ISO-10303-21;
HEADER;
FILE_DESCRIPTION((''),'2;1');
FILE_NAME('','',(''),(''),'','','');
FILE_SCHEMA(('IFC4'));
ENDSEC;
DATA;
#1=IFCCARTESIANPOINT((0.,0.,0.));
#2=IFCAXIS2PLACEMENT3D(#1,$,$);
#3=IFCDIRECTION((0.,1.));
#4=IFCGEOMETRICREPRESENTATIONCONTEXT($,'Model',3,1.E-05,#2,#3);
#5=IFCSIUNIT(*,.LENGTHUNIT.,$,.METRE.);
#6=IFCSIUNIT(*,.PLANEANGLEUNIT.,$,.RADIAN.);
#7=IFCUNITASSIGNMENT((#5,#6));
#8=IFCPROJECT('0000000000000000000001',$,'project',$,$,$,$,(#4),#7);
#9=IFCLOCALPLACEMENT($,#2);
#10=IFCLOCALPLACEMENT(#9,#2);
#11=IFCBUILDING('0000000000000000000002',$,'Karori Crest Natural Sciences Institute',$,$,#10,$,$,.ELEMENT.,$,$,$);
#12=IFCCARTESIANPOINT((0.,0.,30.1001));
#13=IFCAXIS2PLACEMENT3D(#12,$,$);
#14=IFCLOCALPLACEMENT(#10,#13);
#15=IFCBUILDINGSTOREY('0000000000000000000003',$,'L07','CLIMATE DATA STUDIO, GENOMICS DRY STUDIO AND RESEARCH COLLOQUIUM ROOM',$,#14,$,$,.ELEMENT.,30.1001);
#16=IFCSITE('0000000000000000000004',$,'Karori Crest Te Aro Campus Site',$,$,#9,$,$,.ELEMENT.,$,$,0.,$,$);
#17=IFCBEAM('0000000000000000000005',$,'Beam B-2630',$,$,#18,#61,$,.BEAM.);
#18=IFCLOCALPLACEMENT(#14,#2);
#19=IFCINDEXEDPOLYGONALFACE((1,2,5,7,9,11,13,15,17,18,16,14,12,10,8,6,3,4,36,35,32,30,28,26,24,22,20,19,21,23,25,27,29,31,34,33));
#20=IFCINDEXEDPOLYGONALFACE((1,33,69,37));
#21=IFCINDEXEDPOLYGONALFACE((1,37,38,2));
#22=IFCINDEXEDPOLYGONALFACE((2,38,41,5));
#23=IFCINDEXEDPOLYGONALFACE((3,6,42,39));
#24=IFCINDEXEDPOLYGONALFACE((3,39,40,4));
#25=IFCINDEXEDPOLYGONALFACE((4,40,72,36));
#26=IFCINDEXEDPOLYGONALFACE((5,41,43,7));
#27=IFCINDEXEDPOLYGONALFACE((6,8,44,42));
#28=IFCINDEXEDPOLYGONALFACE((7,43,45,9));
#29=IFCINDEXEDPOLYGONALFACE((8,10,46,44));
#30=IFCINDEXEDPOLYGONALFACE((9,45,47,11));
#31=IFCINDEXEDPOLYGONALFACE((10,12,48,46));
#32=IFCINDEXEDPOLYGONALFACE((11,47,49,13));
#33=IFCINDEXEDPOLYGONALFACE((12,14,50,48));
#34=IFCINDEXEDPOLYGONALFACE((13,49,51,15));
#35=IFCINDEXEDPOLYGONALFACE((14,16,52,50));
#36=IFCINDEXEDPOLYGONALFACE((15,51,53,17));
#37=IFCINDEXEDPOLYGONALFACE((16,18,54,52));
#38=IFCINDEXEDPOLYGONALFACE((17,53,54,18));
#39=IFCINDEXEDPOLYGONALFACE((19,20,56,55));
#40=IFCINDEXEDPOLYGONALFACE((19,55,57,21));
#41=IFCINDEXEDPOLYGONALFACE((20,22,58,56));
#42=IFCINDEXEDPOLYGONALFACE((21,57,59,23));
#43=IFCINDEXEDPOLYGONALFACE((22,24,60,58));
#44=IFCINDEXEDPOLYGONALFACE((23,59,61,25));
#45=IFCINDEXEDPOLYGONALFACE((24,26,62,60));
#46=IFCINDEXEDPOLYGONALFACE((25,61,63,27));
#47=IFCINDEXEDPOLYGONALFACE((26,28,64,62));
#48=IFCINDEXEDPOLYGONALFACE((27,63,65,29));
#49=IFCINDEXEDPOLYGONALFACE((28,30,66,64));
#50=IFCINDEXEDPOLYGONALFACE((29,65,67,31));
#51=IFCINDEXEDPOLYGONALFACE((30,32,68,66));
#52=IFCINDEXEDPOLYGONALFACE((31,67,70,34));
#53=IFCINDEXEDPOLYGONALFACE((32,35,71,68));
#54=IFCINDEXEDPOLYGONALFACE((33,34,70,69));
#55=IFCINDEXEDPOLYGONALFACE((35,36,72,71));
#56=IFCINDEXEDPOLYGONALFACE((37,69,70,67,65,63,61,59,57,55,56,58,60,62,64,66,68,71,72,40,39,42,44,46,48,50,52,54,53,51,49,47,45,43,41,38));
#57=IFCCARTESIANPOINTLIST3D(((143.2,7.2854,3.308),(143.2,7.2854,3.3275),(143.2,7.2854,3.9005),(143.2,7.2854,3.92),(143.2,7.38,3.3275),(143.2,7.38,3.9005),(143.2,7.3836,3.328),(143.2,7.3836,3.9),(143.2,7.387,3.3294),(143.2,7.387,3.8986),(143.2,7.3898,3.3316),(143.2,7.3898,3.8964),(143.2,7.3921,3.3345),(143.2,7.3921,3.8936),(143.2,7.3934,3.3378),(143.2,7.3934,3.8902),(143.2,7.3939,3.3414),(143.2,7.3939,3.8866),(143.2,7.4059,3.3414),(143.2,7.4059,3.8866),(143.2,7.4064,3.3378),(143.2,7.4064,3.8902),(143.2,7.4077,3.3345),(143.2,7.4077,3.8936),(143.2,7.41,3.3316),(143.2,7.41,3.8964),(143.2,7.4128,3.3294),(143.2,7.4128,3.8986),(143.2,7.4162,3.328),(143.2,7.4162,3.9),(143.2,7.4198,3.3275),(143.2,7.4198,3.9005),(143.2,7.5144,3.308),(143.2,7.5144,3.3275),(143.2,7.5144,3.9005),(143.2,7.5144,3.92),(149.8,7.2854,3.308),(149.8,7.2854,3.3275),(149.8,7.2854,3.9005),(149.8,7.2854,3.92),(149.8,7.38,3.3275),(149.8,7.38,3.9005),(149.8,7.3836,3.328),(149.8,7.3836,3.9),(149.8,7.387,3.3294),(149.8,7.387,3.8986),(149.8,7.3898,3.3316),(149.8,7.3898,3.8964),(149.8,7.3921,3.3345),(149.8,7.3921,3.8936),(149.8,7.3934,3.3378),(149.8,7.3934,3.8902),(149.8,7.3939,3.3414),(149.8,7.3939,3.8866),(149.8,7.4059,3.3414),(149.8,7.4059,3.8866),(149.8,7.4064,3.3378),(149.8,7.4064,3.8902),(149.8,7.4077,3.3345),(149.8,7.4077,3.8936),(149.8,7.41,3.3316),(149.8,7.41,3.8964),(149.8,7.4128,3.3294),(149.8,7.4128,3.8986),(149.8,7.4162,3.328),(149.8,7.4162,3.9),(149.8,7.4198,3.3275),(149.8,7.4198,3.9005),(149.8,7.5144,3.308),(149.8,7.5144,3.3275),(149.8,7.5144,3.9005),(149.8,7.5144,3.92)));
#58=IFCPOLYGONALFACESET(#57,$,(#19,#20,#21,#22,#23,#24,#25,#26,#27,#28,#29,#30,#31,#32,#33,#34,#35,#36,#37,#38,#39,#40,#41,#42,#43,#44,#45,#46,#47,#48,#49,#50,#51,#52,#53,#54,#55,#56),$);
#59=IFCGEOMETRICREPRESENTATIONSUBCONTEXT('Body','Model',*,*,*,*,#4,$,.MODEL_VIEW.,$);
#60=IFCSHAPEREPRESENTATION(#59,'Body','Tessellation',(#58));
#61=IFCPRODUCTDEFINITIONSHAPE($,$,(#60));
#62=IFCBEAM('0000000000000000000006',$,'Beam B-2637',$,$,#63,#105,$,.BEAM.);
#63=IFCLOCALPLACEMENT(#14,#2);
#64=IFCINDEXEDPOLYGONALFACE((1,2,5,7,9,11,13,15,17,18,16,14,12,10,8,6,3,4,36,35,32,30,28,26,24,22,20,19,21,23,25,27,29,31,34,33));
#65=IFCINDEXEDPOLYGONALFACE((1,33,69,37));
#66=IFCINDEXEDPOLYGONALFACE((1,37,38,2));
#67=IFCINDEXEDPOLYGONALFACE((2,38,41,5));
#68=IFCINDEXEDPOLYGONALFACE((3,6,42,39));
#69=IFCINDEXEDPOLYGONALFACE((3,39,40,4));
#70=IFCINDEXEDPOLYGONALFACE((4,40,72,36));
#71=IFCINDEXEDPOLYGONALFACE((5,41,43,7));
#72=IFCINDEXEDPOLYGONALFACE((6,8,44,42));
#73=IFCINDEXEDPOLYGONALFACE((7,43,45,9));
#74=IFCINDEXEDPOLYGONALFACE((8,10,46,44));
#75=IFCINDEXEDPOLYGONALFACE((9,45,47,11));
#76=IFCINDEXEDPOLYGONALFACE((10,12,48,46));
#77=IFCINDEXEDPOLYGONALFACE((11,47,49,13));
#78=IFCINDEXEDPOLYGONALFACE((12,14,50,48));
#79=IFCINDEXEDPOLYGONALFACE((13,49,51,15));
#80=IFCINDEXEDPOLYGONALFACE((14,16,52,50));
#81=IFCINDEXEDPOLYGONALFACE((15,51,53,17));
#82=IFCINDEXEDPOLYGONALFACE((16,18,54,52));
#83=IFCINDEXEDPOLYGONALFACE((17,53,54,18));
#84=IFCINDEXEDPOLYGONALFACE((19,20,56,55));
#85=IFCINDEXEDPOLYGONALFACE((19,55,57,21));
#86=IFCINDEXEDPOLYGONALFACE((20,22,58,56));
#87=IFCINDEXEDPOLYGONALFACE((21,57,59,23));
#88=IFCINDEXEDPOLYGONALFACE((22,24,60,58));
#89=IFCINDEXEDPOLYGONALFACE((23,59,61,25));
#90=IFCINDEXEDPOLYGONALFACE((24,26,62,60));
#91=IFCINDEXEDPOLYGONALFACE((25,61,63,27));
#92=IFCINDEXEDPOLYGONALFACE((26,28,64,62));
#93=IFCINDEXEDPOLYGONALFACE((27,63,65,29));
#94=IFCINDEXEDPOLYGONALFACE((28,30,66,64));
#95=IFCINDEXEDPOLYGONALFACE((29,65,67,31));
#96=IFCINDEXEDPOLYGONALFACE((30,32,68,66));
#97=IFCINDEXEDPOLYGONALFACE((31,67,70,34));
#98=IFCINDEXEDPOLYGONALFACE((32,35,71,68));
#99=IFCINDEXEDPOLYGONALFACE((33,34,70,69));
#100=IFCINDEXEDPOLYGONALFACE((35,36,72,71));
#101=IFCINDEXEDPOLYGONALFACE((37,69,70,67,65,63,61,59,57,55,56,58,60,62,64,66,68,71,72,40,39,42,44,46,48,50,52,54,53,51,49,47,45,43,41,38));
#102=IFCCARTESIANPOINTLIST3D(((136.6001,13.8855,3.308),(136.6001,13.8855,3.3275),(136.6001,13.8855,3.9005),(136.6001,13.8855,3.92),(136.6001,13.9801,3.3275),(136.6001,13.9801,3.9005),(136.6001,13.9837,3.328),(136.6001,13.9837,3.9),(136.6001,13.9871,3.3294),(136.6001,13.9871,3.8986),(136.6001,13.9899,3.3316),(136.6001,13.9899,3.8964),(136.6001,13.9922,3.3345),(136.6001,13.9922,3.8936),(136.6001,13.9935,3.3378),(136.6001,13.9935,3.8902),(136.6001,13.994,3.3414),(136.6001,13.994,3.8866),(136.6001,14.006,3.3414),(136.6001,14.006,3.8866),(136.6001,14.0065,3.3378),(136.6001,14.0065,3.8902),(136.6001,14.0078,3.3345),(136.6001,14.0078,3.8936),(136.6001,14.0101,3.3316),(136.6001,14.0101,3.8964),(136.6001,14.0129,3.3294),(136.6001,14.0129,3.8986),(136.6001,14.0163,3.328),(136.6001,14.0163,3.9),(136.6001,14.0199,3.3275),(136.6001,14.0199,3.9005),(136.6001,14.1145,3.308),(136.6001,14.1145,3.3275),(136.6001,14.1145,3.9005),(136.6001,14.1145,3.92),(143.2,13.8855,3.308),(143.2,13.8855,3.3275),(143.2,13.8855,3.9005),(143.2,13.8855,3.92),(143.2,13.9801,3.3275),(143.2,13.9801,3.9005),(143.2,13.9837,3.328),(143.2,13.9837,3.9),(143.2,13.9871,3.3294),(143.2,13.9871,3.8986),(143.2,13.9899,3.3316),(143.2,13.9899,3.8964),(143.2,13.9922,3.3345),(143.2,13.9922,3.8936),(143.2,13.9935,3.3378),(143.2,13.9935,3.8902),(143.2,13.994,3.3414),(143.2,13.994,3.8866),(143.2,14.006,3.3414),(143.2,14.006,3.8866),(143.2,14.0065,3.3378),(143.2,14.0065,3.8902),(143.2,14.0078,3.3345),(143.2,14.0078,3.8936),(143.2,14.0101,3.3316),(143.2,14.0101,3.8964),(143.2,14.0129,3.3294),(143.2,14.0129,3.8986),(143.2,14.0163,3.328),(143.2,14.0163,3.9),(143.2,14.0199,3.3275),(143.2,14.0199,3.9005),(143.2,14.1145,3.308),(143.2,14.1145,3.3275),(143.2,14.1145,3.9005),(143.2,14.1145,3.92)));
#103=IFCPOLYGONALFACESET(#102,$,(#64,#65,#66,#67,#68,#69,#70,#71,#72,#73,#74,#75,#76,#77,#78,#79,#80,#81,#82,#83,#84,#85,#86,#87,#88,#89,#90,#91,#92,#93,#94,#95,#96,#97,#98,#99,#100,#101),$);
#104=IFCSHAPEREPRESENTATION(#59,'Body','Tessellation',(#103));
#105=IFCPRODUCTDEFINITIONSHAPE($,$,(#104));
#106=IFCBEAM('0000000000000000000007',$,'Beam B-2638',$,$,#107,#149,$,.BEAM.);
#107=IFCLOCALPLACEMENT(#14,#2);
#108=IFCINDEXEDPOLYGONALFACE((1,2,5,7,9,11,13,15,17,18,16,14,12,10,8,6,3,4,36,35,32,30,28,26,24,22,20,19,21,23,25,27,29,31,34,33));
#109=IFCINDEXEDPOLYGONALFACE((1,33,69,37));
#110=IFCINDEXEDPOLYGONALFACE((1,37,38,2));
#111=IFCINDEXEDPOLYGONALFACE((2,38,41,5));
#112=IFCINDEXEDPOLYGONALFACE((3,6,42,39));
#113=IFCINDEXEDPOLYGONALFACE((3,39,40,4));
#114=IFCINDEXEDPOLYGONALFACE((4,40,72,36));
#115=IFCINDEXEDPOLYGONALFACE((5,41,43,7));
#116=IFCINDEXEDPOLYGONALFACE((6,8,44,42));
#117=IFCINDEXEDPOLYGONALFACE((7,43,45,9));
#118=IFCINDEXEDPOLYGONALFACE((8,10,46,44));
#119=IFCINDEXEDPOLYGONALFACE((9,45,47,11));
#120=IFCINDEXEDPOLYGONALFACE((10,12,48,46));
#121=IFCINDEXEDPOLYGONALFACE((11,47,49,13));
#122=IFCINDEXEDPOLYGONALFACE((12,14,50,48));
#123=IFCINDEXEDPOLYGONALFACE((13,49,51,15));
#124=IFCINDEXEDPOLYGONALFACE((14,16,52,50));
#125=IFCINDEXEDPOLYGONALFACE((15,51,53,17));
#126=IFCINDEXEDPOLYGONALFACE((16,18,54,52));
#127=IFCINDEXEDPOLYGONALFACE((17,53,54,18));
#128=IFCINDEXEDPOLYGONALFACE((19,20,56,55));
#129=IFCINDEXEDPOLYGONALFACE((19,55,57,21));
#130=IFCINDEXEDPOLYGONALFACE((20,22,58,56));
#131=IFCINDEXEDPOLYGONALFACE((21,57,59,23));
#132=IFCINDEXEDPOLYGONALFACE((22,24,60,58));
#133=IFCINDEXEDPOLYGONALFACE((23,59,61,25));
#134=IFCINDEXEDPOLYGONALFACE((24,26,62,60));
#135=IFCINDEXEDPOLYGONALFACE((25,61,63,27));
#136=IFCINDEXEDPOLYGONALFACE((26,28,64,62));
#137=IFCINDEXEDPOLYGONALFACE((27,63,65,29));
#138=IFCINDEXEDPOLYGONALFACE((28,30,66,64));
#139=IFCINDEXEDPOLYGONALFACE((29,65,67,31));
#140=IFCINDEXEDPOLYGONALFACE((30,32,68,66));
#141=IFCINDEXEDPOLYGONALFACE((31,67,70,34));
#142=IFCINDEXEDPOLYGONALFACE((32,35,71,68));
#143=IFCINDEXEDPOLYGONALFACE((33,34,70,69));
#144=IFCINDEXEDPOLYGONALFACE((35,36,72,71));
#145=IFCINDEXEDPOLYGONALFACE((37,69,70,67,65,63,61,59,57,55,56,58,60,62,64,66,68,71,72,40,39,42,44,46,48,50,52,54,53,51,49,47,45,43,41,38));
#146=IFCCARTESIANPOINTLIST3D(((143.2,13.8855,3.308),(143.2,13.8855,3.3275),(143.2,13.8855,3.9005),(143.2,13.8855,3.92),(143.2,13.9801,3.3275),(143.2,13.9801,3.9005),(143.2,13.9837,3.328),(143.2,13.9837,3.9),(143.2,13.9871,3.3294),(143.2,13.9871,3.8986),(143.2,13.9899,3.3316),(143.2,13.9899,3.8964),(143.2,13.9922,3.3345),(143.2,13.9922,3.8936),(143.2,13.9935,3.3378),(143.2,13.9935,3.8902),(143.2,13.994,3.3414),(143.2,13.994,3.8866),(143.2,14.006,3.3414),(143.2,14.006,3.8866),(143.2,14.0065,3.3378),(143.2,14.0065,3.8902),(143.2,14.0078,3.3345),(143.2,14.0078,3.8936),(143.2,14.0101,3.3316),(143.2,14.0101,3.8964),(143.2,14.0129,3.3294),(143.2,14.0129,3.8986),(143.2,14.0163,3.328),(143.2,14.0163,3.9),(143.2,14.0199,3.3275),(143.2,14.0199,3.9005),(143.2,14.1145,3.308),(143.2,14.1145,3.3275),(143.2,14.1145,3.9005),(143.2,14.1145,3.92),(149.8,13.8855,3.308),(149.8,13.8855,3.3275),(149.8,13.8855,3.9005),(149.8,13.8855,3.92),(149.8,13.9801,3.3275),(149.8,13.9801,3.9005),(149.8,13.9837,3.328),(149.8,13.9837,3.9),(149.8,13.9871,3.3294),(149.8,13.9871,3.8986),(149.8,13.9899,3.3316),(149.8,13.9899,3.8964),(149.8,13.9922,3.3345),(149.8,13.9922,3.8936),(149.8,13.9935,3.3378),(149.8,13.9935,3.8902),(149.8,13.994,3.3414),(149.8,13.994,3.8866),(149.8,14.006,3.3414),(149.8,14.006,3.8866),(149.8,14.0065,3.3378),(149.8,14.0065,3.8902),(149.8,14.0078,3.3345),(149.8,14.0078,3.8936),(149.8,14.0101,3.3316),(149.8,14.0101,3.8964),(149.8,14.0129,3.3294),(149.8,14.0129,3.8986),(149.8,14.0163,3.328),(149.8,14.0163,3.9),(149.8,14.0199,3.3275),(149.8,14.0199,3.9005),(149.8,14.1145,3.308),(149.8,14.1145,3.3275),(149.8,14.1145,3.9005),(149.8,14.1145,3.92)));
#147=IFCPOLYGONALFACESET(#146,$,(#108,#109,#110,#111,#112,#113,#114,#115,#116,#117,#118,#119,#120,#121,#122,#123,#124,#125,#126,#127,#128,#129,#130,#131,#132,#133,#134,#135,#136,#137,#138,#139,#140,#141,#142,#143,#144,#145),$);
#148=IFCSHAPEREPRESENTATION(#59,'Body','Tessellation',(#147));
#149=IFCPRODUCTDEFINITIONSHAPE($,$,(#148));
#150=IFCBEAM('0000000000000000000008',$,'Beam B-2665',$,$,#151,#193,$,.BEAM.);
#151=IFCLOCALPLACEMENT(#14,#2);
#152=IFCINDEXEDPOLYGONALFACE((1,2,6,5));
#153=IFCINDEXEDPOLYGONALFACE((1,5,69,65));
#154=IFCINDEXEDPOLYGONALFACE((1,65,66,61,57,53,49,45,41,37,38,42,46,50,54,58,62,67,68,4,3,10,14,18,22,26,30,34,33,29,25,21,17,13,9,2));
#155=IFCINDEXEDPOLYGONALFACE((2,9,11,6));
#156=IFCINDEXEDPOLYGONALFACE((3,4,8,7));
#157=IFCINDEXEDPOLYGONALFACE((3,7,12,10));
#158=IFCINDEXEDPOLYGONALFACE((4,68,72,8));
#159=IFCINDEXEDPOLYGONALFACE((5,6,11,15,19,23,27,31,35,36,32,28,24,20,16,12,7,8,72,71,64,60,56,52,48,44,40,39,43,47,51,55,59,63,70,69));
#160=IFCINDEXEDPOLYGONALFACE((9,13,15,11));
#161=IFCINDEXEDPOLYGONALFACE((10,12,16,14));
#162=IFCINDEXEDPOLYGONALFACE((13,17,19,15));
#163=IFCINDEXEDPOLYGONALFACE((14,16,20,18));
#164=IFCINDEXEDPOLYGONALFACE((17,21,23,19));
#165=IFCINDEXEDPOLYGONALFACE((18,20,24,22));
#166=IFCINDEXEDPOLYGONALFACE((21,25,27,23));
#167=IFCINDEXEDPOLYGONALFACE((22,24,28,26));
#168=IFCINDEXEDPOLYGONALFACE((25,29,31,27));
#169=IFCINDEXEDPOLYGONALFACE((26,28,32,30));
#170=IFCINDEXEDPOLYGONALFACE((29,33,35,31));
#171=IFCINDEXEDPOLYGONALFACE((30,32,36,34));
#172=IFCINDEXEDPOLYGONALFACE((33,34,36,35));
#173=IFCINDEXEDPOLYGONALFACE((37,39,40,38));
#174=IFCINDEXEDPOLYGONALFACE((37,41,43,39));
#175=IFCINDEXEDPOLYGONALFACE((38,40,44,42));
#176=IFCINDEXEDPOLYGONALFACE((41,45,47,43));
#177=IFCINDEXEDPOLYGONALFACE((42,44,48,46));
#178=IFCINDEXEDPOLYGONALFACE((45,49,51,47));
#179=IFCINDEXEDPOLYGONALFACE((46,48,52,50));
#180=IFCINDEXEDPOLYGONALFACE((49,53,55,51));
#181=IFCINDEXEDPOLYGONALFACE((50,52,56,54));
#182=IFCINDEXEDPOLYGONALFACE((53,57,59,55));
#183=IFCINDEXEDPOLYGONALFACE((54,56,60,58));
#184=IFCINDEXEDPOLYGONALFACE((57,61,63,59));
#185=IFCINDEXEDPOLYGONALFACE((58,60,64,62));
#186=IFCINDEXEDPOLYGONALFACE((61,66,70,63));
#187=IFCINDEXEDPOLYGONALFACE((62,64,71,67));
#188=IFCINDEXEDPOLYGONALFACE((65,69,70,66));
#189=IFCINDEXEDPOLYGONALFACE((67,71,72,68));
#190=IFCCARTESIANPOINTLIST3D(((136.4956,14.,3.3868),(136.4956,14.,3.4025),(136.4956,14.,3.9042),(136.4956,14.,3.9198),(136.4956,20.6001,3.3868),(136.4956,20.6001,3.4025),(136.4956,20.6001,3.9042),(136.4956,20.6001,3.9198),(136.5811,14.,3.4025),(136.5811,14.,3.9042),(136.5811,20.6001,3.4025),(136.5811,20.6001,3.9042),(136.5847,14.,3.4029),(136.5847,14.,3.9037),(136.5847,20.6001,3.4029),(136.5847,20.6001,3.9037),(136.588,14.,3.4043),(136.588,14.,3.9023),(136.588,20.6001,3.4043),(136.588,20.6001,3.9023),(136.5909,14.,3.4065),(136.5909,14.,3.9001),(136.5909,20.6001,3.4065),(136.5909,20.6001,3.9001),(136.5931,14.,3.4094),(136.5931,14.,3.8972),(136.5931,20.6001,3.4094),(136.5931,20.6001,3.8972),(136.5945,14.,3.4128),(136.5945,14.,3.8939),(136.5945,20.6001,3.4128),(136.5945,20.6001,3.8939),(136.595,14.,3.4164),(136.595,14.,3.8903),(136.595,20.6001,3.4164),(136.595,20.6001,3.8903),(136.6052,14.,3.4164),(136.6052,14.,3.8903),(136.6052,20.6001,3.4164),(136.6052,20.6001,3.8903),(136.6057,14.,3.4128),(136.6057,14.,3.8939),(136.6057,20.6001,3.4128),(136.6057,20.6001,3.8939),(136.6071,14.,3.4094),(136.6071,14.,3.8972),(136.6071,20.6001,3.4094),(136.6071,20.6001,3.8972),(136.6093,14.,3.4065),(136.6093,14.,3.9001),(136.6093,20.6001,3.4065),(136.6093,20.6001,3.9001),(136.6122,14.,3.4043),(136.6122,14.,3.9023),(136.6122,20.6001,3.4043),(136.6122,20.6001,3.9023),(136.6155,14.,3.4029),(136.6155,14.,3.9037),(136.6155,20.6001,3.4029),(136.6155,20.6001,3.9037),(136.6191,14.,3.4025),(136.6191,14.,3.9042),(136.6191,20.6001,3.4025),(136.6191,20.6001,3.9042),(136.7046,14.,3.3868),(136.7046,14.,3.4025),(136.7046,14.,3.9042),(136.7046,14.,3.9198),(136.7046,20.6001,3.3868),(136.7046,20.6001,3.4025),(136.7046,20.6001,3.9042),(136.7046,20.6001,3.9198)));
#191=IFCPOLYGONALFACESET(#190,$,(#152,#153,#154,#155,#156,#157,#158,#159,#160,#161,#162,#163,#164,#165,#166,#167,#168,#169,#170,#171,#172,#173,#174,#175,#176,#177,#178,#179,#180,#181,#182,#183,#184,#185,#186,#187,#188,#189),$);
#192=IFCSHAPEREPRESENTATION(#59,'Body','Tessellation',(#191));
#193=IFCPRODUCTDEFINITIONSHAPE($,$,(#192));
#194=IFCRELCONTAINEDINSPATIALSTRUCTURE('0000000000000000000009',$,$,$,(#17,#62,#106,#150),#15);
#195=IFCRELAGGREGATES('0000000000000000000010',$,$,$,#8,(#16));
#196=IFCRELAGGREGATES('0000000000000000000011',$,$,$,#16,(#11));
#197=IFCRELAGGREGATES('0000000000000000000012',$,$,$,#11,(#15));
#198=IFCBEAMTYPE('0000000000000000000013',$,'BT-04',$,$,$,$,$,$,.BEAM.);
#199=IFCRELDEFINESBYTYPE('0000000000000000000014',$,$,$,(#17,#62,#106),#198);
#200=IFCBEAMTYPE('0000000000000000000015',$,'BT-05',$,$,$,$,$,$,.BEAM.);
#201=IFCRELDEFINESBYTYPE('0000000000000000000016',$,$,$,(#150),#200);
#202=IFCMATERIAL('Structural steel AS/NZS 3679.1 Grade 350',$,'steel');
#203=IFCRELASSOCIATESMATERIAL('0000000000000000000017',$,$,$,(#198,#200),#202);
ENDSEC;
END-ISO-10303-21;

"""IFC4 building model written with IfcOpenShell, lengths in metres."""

from ifc_helpers import new_model, si_unit, direction, frame, origin, origin_2d, place, context, subcontext, project, spatial, i_section, extrude, material, material_profile, profile_set, type_object, element, save


model = new_model("IFC4")

# Units and contexts
model_context = context("Model", 3, precision=1e-05, world=origin(), true_north=direction((0.0, 1.0)))
body_context = subcontext(model_context, "Body", "Model", "MODEL_VIEW")
ifc_project = project(units=[si_unit("LENGTHUNIT", "METRE"), si_unit("PLANEANGLEUNIT", "RADIAN")], contexts=[model_context])

# Site, building, storey
site_placement = place(None, origin())
site = spatial("IfcSite", under=ifc_project, at=site_placement, Name="Karori Crest Te Aro Campus Site", CompositionType="ELEMENT", RefElevation=0.0)
building_placement = place(site_placement, origin())
building = spatial("IfcBuilding", under=site, at=building_placement, Name="Karori Crest Natural Sciences Institute", CompositionType="ELEMENT")
storey_placement = place(building_placement, frame((0.0, 0.0, 30.1001)))
storey = spatial("IfcBuildingStorey", under=building, at=storey_placement, Name="L07", Description="CLIMATE DATA STUDIO, GENOMICS DRY STUDIO AND RESEARCH COLLOQUIUM ROOM", CompositionType="ELEMENT", Elevation=30.1001)

# Shared definitions
ifc_material_1 = material(Name="Structural steel AS/NZS 3679.1 Grade 350", Category="steel")

# Beams
ifc_material_profile_1 = material_profile(ifc_material_1, i_section(OverallWidth=0.229, OverallDepth=0.6121, WebThickness=0.012, FlangeThickness=0.0195, FilletRadius=0.0139, at=origin_2d()), Name="610UB125")
ifc_profile_set_1 = profile_set([ifc_material_profile_1], Name="Structural steel AS/NZS 3679.1 Grade 350")
beam_type_1 = type_object("IfcBeamType", Name="BT-04", PredefinedType="BEAM", material=ifc_profile_set_1)
beam_1_placement = place(storey_placement, frame((143.2, 7.3999, 3.614), z_axis=(1.0, 0.0, 0.0), x_axis=(0.0, 1.0, 0.0)))
element("IfcBeam", 1, at=beam_1_placement, inside=storey, type_object=beam_type_1, Name="Beam B-2630", PredefinedType="BEAM", context=body_context, shape_type="SweptSolid", body=[
    extrude(i_section(OverallWidth=0.229, OverallDepth=0.6121, WebThickness=0.012, FlangeThickness=0.0195, FilletRadius=0.0139, at=origin_2d()), origin(), (0.0, 0.0, 1.0), 6.6001),
])
beam_2_placement = place(storey_placement, frame((136.6001, 14.0, 3.614), z_axis=(1.0, 0.0, 0.0), x_axis=(0.0, 1.0, 0.0)))
element("IfcBeam", 2, at=beam_2_placement, inside=storey, type_object=beam_type_1, Name="Beam B-2637", PredefinedType="BEAM", context=body_context, shape_type="SweptSolid", body=[
    extrude(i_section(OverallWidth=0.229, OverallDepth=0.6121, WebThickness=0.012, FlangeThickness=0.0195, FilletRadius=0.0139, at=origin_2d()), origin(), (0.0, 0.0, 1.0), 6.5999),
])
beam_3_placement = place(storey_placement, frame((143.2, 14.0, 3.614), z_axis=(1.0, 0.0, 0.0), x_axis=(0.0, 1.0, 0.0)))
element("IfcBeam", 3, at=beam_3_placement, inside=storey, type_object=beam_type_1, Name="Beam B-2638", PredefinedType="BEAM", context=body_context, shape_type="SweptSolid", body=[
    extrude(i_section(OverallWidth=0.229, OverallDepth=0.6121, WebThickness=0.012, FlangeThickness=0.0195, FilletRadius=0.0139, at=origin_2d()), origin(), (0.0, 0.0, 1.0), 6.6001),
])
ifc_material_profile_2 = material_profile(ifc_material_1, i_section(OverallWidth=0.209, OverallDepth=0.533, WebThickness=0.0103, FlangeThickness=0.0156, FilletRadius=0.0139, at=origin_2d()), Name="530UB92.4")
ifc_profile_set_2 = profile_set([ifc_material_profile_2], Name="Structural steel AS/NZS 3679.1 Grade 350")
beam_type_2 = type_object("IfcBeamType", Name="BT-05", PredefinedType="BEAM", material=ifc_profile_set_2)
beam_4_placement = place(storey_placement, frame((136.6001, 14.0, 3.6533), z_axis=(0.0, 1.0, 0.0), x_axis=(-1.0, 0.0, 0.0)))
element("IfcBeam", 4, at=beam_4_placement, inside=storey, type_object=beam_type_2, Name="Beam B-2665", PredefinedType="BEAM", context=body_context, shape_type="SweptSolid", body=[
    extrude(i_section(OverallWidth=0.209, OverallDepth=0.533, WebThickness=0.0103, FlangeThickness=0.0156, FilletRadius=0.0139, at=origin_2d()), origin(), (0.0, 0.0, 1.0), 6.6001),
])

save(model, "model.ifc")
